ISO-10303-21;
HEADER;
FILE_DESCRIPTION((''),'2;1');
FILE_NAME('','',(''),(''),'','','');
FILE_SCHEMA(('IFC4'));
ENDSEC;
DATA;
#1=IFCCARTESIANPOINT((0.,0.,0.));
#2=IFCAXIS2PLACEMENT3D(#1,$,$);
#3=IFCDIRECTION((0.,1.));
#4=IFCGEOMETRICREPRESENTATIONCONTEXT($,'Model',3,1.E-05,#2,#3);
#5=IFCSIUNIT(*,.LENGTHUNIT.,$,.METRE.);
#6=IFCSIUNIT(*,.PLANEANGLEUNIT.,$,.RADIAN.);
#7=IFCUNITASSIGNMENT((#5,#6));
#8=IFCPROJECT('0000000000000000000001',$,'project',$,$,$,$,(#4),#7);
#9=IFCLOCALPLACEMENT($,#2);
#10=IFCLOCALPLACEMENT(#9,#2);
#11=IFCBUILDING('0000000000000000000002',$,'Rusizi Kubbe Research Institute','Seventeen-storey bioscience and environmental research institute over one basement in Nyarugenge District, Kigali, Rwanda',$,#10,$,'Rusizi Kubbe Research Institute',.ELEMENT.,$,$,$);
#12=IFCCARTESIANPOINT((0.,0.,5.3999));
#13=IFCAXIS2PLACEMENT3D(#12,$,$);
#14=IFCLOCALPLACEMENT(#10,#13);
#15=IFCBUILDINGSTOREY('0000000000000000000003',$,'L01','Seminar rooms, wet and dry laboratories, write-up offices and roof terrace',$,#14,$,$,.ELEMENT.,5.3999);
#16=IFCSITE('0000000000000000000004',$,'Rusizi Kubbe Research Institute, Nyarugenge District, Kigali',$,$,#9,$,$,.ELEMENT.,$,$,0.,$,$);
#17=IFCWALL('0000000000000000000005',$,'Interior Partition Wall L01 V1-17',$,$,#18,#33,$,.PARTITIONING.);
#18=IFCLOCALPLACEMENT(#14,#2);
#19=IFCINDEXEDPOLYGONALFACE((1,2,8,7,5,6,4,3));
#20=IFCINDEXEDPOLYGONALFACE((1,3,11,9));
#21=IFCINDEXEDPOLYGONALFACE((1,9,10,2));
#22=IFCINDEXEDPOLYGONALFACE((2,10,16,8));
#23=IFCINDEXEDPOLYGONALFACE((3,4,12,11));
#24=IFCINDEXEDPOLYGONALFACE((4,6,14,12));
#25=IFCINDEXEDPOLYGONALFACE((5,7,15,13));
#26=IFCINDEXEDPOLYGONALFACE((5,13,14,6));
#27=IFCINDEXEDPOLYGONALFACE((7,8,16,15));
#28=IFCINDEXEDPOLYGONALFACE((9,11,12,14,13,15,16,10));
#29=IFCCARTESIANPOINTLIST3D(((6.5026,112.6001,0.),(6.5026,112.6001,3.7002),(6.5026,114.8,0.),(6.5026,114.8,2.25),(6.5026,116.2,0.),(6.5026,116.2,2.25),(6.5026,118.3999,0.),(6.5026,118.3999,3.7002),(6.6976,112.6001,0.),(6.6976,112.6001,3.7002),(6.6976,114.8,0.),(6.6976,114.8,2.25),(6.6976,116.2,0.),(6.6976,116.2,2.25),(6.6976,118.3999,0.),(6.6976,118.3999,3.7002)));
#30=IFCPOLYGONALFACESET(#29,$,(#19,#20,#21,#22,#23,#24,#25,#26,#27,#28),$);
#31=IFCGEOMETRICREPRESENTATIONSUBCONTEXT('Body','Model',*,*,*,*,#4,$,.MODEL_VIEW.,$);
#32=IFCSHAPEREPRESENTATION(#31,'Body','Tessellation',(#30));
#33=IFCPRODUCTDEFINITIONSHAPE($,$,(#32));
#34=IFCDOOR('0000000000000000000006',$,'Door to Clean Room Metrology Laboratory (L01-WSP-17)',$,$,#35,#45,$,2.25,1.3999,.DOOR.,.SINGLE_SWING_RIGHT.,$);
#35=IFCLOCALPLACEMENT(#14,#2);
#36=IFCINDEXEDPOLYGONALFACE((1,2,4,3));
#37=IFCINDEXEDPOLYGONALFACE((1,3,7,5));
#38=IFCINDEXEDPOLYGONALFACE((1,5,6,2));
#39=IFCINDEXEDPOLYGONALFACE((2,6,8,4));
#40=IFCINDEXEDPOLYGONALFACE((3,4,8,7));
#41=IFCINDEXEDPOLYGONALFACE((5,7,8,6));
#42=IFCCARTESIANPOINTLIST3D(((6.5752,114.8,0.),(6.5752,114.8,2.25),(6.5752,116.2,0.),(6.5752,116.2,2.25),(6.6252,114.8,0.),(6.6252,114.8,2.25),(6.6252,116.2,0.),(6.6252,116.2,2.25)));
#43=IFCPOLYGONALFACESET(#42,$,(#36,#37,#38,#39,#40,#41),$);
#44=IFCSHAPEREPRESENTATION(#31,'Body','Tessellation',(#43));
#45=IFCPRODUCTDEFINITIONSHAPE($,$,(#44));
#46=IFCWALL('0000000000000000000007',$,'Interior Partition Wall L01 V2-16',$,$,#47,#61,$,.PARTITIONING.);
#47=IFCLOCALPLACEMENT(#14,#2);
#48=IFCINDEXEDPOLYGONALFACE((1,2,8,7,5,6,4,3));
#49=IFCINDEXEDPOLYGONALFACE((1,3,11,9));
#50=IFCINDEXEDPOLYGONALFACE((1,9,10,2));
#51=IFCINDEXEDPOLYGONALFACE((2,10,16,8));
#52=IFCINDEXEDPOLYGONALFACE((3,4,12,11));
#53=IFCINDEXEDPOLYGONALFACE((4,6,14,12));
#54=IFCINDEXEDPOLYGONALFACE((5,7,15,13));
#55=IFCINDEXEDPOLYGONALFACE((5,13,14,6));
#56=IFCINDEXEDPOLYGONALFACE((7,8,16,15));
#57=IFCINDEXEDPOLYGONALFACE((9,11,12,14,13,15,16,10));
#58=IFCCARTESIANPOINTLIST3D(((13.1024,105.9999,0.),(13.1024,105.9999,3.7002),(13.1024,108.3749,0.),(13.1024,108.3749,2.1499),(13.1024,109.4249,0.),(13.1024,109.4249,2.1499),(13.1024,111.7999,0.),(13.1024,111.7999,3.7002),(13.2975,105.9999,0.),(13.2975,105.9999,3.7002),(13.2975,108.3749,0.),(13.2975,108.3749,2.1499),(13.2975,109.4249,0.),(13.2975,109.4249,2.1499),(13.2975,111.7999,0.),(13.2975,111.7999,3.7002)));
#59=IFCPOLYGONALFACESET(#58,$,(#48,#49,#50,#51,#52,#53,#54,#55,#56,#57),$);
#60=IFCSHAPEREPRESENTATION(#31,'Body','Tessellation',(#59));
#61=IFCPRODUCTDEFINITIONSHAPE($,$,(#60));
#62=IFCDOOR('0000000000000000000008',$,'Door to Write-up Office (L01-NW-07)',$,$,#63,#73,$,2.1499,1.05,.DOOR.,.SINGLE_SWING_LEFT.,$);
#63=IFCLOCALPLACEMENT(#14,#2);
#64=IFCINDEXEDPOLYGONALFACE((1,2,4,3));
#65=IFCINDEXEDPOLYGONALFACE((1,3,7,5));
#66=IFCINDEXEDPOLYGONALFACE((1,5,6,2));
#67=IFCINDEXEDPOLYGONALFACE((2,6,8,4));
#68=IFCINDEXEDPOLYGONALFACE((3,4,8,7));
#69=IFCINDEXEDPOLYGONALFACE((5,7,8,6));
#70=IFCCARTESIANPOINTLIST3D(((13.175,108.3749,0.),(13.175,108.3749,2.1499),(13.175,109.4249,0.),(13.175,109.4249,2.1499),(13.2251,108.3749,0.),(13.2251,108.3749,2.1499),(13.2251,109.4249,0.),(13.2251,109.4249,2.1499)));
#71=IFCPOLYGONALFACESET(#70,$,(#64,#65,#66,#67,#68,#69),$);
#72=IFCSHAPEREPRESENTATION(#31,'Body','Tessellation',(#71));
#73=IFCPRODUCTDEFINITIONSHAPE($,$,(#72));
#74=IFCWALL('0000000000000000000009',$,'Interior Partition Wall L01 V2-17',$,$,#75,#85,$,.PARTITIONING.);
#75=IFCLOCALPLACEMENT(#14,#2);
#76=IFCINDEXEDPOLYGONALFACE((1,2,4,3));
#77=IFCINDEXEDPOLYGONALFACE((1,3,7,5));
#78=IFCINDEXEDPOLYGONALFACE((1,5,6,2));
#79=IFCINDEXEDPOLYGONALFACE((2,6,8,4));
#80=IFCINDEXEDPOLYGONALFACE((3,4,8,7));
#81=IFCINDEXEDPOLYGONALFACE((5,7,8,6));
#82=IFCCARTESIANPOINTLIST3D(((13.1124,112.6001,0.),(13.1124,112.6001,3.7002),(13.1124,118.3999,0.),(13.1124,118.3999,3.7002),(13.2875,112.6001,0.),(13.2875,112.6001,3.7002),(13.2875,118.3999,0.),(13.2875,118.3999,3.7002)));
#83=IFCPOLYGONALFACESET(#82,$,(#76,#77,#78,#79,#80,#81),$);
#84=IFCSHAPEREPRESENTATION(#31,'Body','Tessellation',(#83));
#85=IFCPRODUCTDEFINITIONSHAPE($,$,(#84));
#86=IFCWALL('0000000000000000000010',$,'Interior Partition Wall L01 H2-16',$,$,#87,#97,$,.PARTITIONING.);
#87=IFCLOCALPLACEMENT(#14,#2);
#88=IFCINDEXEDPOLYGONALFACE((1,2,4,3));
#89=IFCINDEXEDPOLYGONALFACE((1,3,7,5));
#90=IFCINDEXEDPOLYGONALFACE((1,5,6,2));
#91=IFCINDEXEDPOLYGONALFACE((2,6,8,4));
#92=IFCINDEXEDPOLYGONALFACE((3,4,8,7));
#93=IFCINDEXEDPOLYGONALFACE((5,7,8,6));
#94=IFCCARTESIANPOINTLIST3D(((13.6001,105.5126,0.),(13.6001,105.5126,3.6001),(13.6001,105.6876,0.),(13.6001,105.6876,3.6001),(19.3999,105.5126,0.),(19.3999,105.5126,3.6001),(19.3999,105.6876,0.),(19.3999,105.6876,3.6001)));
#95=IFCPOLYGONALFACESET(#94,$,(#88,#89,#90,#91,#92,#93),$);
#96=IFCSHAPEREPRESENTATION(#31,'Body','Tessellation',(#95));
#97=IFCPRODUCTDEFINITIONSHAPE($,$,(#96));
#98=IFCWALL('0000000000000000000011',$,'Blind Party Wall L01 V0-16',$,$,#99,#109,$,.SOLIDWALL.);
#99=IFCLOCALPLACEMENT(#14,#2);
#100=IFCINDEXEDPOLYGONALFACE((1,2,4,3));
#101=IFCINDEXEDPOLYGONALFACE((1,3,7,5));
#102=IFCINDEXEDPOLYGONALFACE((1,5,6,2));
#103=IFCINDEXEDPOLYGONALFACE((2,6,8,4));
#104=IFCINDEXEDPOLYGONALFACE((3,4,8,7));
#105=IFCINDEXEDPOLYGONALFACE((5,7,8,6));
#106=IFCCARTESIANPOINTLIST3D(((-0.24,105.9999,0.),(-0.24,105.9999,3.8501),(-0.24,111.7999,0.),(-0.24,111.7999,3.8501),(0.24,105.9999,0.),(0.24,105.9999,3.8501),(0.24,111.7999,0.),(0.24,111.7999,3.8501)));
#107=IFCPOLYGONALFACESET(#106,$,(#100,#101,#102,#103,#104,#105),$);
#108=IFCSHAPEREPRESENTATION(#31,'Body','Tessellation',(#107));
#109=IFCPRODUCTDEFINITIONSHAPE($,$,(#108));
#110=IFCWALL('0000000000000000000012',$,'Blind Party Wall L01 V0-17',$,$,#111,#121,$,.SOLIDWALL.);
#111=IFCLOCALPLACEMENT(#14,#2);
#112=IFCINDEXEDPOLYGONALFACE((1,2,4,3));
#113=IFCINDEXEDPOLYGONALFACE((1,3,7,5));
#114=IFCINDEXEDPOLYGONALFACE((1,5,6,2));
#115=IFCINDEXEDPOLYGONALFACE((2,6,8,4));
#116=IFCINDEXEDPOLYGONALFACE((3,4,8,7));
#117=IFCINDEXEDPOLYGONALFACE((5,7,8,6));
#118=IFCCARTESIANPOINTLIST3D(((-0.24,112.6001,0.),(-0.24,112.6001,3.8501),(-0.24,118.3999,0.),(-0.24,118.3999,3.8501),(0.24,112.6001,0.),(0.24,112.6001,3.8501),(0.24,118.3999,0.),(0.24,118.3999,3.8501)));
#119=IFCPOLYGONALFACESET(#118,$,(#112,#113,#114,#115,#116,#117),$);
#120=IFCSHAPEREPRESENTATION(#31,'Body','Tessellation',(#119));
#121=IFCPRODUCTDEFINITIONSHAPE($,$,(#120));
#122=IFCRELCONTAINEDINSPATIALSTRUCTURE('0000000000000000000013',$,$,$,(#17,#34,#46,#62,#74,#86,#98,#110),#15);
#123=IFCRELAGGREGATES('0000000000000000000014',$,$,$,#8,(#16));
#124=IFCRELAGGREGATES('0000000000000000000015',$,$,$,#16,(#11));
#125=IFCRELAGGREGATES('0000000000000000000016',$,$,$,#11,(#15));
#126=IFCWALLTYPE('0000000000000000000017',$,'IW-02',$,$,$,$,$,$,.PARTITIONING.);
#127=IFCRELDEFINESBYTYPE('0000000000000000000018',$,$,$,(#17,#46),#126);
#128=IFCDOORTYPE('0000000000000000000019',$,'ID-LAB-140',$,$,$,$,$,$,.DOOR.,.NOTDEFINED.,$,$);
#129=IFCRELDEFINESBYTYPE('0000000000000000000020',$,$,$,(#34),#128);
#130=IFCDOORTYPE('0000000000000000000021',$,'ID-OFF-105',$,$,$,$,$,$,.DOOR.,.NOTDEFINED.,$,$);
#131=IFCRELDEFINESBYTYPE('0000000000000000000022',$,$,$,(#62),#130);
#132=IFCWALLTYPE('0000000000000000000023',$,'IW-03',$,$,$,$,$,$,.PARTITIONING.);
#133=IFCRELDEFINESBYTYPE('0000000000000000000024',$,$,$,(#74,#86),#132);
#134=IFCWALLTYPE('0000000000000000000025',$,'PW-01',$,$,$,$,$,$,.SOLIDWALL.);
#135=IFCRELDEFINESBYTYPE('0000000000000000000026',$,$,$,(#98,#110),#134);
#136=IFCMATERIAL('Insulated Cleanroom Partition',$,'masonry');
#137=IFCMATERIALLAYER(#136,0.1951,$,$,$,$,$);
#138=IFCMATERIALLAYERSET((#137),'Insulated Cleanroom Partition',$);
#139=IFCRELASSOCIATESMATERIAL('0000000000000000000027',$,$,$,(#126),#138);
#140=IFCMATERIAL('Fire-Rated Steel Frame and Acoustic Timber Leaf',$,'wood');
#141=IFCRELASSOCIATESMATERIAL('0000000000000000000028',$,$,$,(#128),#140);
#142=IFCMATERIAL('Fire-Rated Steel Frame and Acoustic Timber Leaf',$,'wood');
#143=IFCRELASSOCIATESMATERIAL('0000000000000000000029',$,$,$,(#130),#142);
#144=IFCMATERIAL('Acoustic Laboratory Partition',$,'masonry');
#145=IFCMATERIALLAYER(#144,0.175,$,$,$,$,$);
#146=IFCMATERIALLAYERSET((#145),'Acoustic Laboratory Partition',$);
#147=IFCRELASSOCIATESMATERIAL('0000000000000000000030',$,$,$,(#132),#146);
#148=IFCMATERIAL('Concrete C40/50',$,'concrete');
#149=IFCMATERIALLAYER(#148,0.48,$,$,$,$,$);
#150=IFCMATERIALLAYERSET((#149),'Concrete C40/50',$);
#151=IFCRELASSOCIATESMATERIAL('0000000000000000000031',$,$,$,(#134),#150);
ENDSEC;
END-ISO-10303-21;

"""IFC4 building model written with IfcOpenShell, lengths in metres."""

from ifc_helpers import new_model, si_unit, direction, frame, frame_2d, origin, place, context, subcontext, project, spatial, rectangle, extrude, material, layer, layer_set, type_object, element, fill, save


model = new_model("IFC4")

# Units and contexts
model_context = context("Model", 3, precision=1e-05, world=origin(), true_north=direction((0.0, 1.0)))
body_context = subcontext(model_context, "Body", "Model", "MODEL_VIEW")
ifc_project = project(units=[si_unit("LENGTHUNIT", "METRE"), si_unit("PLANEANGLEUNIT", "RADIAN")], contexts=[model_context])

# Site, building, storey
site_placement = place(None, origin())
site = spatial("IfcSite", under=ifc_project, at=site_placement, Name="Rusizi Kubbe Research Institute, Nyarugenge District, Kigali", CompositionType="ELEMENT", RefElevation=0.0)
building_placement = place(site_placement, origin())
building = spatial("IfcBuilding", under=site, at=building_placement, Name="Rusizi Kubbe Research Institute", Description="Seventeen-storey bioscience and environmental research institute over one basement in Nyarugenge District, Kigali, Rwanda", LongName="Rusizi Kubbe Research Institute", CompositionType="ELEMENT")
storey_placement = place(building_placement, frame((0.0, 0.0, 5.3999)))
storey = spatial("IfcBuildingStorey", under=building, at=storey_placement, Name="L01", Description="Seminar rooms, wet and dry laboratories, write-up offices and roof terrace", CompositionType="ELEMENT", Elevation=5.3999)

# Shared definitions
ifc_material_1 = material(Name="Insulated Cleanroom Partition", Category="masonry")
ifc_layer_1 = layer(ifc_material_1, 0.1951)
ifc_layer_set_1 = layer_set([ifc_layer_1], Name="Insulated Cleanroom Partition")
wall_type_1 = type_object("IfcWallType", Name="IW-02", PredefinedType="PARTITIONING", material=ifc_layer_set_1)

# Walls, openings, doors
wall_1_placement = place(storey_placement, frame((6.6001, 112.6001, 0.0), z_axis=(0.0, 0.0, 1.0), x_axis=(0.0, 1.0, 0.0)))
wall_1 = element("IfcWall", 1, at=wall_1_placement, inside=storey, type_object=wall_type_1, Name="Interior Partition Wall L01 V1-17", PredefinedType="PARTITIONING", context=body_context, shape_type="SweptSolid", body=[
    extrude(rectangle(XDim=5.7998, YDim=0.1951, at=frame_2d((2.8999, 0.0))), origin(), (0.0, 0.0, 1.0), 3.7002),
])
opening_1_placement = place(wall_1_placement, frame((2.2, 0.0, 0.0)))
opening_1 = element("IfcOpeningElement", 2, at=opening_1_placement, cuts=wall_1, PredefinedType="OPENING", context=body_context, shape_type="SweptSolid", body=[
    extrude(rectangle(XDim=1.3999, YDim=2.25, at=frame_2d((0.7, 1.125))), frame((0.0, 0.1074, 0.0), z_axis=(0.0, -1.0, 0.0), x_axis=(1.0, 0.0, 0.0)), (0.0, 0.0, 1.0), 0.2151),
])
ifc_material_2 = material(Name="Fire-Rated Steel Frame and Acoustic Timber Leaf", Category="wood")
door_type_1 = type_object("IfcDoorType", Name="ID-LAB-140", OperationType="NOTDEFINED", PredefinedType="DOOR", material=ifc_material_2)
door_1_placement = place(opening_1_placement, origin())
door_1 = element("IfcDoor", 3, at=door_1_placement, inside=storey, type_object=door_type_1, Name="Door to Clean Room Metrology Laboratory (L01-WSP-17)", OperationType="SINGLE_SWING_RIGHT", OverallHeight=2.25, OverallWidth=1.3999, PredefinedType="DOOR", context=body_context, shape_type="SweptSolid", body=[
    extrude(rectangle(XDim=1.3999, YDim=2.25, at=frame_2d((0.7, 1.125))), frame((0.0, 0.0249, 0.0), z_axis=(0.0, -1.0, 0.0), x_axis=(1.0, 0.0, 0.0)), (0.0, 0.0, 1.0), 0.05),
])
fill(opening_1, door_1)
wall_2_placement = place(storey_placement, frame((13.2, 106.0, 0.0), z_axis=(0.0, 0.0, 1.0), x_axis=(0.0, 1.0, 0.0)))
wall_2 = element("IfcWall", 4, at=wall_2_placement, inside=storey, type_object=wall_type_1, Name="Interior Partition Wall L01 V2-16", PredefinedType="PARTITIONING", context=body_context, shape_type="SweptSolid", body=[
    extrude(rectangle(XDim=5.8, YDim=0.1951, at=frame_2d((2.8999, 0.0))), origin(), (0.0, 0.0, 1.0), 3.7002),
])
opening_2_placement = place(wall_2_placement, frame((2.375, 0.0, 0.0)))
opening_2 = element("IfcOpeningElement", 5, at=opening_2_placement, cuts=wall_2, PredefinedType="OPENING", context=body_context, shape_type="SweptSolid", body=[
    extrude(rectangle(XDim=1.05, YDim=2.1499, at=frame_2d((0.5249, 1.075))), frame((0.0, 0.1074, 0.0), z_axis=(0.0, -1.0, 0.0), x_axis=(1.0, 0.0, 0.0)), (0.0, 0.0, 1.0), 0.2151),
])
ifc_material_3 = material(Name="Fire-Rated Steel Frame and Acoustic Timber Leaf", Category="wood")
door_type_2 = type_object("IfcDoorType", Name="ID-OFF-105", OperationType="NOTDEFINED", PredefinedType="DOOR", material=ifc_material_3)
door_2_placement = place(opening_2_placement, origin())
door_2 = element("IfcDoor", 6, at=door_2_placement, inside=storey, type_object=door_type_2, Name="Door to Write-up Office (L01-NW-07)", OperationType="SINGLE_SWING_LEFT", OverallHeight=2.1499, OverallWidth=1.05, PredefinedType="DOOR", context=body_context, shape_type="SweptSolid", body=[
    extrude(rectangle(XDim=1.05, YDim=2.1499, at=frame_2d((0.5249, 1.075))), frame((0.0, 0.0249, 0.0), z_axis=(0.0, -1.0, 0.0), x_axis=(1.0, 0.0, 0.0)), (0.0, 0.0, 1.0), 0.05),
])
fill(opening_2, door_2)

# Walls
ifc_material_4 = material(Name="Acoustic Laboratory Partition", Category="masonry")
ifc_layer_2 = layer(ifc_material_4, 0.175)
ifc_layer_set_2 = layer_set([ifc_layer_2], Name="Acoustic Laboratory Partition")
wall_type_2 = type_object("IfcWallType", Name="IW-03", PredefinedType="PARTITIONING", material=ifc_layer_set_2)
wall_3_placement = place(storey_placement, frame((13.2, 112.6001, 0.0), z_axis=(0.0, 0.0, 1.0), x_axis=(0.0, 1.0, 0.0)))
element("IfcWall", 7, at=wall_3_placement, inside=storey, type_object=wall_type_2, Name="Interior Partition Wall L01 V2-17", PredefinedType="PARTITIONING", context=body_context, shape_type="SweptSolid", body=[
    extrude(rectangle(XDim=5.7998, YDim=0.175, at=frame_2d((2.8999, 0.0))), origin(), (0.0, 0.0, 1.0), 3.7002),
])
wall_4_placement = place(storey_placement, frame((13.6001, 105.6001, 0.0), z_axis=(0.0, 0.0, 1.0), x_axis=(1.0, 0.0, 0.0)))
element("IfcWall", 8, at=wall_4_placement, inside=storey, type_object=wall_type_2, Name="Interior Partition Wall L01 H2-16", PredefinedType="PARTITIONING", context=body_context, shape_type="SweptSolid", body=[
    extrude(rectangle(XDim=5.7998, YDim=0.175, at=frame_2d((2.8999, 0.0))), origin(), (0.0, 0.0, 1.0), 3.6001),
])
ifc_material_5 = material(Name="Concrete C40/50", Category="concrete")
ifc_layer_3 = layer(ifc_material_5, 0.48)
ifc_layer_set_3 = layer_set([ifc_layer_3], Name="Concrete C40/50")
wall_type_3 = type_object("IfcWallType", Name="PW-01", PredefinedType="SOLIDWALL", material=ifc_layer_set_3)
wall_5_placement = place(storey_placement, frame((0.0, 106.0, 0.0), z_axis=(0.0, 0.0, 1.0), x_axis=(0.0, 1.0, 0.0)))
element("IfcWall", 9, at=wall_5_placement, inside=storey, type_object=wall_type_3, Name="Blind Party Wall L01 V0-16", PredefinedType="SOLIDWALL", context=body_context, shape_type="SweptSolid", body=[
    extrude(rectangle(XDim=5.8, YDim=0.48, at=frame_2d((2.8999, 0.0))), origin(), (0.0, 0.0, 1.0), 3.8501),
])
wall_6_placement = place(storey_placement, frame((0.0, 112.6001, 0.0), z_axis=(0.0, 0.0, 1.0), x_axis=(0.0, 1.0, 0.0)))
element("IfcWall", 10, at=wall_6_placement, inside=storey, type_object=wall_type_3, Name="Blind Party Wall L01 V0-17", PredefinedType="SOLIDWALL", context=body_context, shape_type="SweptSolid", body=[
    extrude(rectangle(XDim=5.7998, YDim=0.48, at=frame_2d((2.8999, 0.0))), origin(), (0.0, 0.0, 1.0), 3.8501),
])

save(model, "model.ifc")
